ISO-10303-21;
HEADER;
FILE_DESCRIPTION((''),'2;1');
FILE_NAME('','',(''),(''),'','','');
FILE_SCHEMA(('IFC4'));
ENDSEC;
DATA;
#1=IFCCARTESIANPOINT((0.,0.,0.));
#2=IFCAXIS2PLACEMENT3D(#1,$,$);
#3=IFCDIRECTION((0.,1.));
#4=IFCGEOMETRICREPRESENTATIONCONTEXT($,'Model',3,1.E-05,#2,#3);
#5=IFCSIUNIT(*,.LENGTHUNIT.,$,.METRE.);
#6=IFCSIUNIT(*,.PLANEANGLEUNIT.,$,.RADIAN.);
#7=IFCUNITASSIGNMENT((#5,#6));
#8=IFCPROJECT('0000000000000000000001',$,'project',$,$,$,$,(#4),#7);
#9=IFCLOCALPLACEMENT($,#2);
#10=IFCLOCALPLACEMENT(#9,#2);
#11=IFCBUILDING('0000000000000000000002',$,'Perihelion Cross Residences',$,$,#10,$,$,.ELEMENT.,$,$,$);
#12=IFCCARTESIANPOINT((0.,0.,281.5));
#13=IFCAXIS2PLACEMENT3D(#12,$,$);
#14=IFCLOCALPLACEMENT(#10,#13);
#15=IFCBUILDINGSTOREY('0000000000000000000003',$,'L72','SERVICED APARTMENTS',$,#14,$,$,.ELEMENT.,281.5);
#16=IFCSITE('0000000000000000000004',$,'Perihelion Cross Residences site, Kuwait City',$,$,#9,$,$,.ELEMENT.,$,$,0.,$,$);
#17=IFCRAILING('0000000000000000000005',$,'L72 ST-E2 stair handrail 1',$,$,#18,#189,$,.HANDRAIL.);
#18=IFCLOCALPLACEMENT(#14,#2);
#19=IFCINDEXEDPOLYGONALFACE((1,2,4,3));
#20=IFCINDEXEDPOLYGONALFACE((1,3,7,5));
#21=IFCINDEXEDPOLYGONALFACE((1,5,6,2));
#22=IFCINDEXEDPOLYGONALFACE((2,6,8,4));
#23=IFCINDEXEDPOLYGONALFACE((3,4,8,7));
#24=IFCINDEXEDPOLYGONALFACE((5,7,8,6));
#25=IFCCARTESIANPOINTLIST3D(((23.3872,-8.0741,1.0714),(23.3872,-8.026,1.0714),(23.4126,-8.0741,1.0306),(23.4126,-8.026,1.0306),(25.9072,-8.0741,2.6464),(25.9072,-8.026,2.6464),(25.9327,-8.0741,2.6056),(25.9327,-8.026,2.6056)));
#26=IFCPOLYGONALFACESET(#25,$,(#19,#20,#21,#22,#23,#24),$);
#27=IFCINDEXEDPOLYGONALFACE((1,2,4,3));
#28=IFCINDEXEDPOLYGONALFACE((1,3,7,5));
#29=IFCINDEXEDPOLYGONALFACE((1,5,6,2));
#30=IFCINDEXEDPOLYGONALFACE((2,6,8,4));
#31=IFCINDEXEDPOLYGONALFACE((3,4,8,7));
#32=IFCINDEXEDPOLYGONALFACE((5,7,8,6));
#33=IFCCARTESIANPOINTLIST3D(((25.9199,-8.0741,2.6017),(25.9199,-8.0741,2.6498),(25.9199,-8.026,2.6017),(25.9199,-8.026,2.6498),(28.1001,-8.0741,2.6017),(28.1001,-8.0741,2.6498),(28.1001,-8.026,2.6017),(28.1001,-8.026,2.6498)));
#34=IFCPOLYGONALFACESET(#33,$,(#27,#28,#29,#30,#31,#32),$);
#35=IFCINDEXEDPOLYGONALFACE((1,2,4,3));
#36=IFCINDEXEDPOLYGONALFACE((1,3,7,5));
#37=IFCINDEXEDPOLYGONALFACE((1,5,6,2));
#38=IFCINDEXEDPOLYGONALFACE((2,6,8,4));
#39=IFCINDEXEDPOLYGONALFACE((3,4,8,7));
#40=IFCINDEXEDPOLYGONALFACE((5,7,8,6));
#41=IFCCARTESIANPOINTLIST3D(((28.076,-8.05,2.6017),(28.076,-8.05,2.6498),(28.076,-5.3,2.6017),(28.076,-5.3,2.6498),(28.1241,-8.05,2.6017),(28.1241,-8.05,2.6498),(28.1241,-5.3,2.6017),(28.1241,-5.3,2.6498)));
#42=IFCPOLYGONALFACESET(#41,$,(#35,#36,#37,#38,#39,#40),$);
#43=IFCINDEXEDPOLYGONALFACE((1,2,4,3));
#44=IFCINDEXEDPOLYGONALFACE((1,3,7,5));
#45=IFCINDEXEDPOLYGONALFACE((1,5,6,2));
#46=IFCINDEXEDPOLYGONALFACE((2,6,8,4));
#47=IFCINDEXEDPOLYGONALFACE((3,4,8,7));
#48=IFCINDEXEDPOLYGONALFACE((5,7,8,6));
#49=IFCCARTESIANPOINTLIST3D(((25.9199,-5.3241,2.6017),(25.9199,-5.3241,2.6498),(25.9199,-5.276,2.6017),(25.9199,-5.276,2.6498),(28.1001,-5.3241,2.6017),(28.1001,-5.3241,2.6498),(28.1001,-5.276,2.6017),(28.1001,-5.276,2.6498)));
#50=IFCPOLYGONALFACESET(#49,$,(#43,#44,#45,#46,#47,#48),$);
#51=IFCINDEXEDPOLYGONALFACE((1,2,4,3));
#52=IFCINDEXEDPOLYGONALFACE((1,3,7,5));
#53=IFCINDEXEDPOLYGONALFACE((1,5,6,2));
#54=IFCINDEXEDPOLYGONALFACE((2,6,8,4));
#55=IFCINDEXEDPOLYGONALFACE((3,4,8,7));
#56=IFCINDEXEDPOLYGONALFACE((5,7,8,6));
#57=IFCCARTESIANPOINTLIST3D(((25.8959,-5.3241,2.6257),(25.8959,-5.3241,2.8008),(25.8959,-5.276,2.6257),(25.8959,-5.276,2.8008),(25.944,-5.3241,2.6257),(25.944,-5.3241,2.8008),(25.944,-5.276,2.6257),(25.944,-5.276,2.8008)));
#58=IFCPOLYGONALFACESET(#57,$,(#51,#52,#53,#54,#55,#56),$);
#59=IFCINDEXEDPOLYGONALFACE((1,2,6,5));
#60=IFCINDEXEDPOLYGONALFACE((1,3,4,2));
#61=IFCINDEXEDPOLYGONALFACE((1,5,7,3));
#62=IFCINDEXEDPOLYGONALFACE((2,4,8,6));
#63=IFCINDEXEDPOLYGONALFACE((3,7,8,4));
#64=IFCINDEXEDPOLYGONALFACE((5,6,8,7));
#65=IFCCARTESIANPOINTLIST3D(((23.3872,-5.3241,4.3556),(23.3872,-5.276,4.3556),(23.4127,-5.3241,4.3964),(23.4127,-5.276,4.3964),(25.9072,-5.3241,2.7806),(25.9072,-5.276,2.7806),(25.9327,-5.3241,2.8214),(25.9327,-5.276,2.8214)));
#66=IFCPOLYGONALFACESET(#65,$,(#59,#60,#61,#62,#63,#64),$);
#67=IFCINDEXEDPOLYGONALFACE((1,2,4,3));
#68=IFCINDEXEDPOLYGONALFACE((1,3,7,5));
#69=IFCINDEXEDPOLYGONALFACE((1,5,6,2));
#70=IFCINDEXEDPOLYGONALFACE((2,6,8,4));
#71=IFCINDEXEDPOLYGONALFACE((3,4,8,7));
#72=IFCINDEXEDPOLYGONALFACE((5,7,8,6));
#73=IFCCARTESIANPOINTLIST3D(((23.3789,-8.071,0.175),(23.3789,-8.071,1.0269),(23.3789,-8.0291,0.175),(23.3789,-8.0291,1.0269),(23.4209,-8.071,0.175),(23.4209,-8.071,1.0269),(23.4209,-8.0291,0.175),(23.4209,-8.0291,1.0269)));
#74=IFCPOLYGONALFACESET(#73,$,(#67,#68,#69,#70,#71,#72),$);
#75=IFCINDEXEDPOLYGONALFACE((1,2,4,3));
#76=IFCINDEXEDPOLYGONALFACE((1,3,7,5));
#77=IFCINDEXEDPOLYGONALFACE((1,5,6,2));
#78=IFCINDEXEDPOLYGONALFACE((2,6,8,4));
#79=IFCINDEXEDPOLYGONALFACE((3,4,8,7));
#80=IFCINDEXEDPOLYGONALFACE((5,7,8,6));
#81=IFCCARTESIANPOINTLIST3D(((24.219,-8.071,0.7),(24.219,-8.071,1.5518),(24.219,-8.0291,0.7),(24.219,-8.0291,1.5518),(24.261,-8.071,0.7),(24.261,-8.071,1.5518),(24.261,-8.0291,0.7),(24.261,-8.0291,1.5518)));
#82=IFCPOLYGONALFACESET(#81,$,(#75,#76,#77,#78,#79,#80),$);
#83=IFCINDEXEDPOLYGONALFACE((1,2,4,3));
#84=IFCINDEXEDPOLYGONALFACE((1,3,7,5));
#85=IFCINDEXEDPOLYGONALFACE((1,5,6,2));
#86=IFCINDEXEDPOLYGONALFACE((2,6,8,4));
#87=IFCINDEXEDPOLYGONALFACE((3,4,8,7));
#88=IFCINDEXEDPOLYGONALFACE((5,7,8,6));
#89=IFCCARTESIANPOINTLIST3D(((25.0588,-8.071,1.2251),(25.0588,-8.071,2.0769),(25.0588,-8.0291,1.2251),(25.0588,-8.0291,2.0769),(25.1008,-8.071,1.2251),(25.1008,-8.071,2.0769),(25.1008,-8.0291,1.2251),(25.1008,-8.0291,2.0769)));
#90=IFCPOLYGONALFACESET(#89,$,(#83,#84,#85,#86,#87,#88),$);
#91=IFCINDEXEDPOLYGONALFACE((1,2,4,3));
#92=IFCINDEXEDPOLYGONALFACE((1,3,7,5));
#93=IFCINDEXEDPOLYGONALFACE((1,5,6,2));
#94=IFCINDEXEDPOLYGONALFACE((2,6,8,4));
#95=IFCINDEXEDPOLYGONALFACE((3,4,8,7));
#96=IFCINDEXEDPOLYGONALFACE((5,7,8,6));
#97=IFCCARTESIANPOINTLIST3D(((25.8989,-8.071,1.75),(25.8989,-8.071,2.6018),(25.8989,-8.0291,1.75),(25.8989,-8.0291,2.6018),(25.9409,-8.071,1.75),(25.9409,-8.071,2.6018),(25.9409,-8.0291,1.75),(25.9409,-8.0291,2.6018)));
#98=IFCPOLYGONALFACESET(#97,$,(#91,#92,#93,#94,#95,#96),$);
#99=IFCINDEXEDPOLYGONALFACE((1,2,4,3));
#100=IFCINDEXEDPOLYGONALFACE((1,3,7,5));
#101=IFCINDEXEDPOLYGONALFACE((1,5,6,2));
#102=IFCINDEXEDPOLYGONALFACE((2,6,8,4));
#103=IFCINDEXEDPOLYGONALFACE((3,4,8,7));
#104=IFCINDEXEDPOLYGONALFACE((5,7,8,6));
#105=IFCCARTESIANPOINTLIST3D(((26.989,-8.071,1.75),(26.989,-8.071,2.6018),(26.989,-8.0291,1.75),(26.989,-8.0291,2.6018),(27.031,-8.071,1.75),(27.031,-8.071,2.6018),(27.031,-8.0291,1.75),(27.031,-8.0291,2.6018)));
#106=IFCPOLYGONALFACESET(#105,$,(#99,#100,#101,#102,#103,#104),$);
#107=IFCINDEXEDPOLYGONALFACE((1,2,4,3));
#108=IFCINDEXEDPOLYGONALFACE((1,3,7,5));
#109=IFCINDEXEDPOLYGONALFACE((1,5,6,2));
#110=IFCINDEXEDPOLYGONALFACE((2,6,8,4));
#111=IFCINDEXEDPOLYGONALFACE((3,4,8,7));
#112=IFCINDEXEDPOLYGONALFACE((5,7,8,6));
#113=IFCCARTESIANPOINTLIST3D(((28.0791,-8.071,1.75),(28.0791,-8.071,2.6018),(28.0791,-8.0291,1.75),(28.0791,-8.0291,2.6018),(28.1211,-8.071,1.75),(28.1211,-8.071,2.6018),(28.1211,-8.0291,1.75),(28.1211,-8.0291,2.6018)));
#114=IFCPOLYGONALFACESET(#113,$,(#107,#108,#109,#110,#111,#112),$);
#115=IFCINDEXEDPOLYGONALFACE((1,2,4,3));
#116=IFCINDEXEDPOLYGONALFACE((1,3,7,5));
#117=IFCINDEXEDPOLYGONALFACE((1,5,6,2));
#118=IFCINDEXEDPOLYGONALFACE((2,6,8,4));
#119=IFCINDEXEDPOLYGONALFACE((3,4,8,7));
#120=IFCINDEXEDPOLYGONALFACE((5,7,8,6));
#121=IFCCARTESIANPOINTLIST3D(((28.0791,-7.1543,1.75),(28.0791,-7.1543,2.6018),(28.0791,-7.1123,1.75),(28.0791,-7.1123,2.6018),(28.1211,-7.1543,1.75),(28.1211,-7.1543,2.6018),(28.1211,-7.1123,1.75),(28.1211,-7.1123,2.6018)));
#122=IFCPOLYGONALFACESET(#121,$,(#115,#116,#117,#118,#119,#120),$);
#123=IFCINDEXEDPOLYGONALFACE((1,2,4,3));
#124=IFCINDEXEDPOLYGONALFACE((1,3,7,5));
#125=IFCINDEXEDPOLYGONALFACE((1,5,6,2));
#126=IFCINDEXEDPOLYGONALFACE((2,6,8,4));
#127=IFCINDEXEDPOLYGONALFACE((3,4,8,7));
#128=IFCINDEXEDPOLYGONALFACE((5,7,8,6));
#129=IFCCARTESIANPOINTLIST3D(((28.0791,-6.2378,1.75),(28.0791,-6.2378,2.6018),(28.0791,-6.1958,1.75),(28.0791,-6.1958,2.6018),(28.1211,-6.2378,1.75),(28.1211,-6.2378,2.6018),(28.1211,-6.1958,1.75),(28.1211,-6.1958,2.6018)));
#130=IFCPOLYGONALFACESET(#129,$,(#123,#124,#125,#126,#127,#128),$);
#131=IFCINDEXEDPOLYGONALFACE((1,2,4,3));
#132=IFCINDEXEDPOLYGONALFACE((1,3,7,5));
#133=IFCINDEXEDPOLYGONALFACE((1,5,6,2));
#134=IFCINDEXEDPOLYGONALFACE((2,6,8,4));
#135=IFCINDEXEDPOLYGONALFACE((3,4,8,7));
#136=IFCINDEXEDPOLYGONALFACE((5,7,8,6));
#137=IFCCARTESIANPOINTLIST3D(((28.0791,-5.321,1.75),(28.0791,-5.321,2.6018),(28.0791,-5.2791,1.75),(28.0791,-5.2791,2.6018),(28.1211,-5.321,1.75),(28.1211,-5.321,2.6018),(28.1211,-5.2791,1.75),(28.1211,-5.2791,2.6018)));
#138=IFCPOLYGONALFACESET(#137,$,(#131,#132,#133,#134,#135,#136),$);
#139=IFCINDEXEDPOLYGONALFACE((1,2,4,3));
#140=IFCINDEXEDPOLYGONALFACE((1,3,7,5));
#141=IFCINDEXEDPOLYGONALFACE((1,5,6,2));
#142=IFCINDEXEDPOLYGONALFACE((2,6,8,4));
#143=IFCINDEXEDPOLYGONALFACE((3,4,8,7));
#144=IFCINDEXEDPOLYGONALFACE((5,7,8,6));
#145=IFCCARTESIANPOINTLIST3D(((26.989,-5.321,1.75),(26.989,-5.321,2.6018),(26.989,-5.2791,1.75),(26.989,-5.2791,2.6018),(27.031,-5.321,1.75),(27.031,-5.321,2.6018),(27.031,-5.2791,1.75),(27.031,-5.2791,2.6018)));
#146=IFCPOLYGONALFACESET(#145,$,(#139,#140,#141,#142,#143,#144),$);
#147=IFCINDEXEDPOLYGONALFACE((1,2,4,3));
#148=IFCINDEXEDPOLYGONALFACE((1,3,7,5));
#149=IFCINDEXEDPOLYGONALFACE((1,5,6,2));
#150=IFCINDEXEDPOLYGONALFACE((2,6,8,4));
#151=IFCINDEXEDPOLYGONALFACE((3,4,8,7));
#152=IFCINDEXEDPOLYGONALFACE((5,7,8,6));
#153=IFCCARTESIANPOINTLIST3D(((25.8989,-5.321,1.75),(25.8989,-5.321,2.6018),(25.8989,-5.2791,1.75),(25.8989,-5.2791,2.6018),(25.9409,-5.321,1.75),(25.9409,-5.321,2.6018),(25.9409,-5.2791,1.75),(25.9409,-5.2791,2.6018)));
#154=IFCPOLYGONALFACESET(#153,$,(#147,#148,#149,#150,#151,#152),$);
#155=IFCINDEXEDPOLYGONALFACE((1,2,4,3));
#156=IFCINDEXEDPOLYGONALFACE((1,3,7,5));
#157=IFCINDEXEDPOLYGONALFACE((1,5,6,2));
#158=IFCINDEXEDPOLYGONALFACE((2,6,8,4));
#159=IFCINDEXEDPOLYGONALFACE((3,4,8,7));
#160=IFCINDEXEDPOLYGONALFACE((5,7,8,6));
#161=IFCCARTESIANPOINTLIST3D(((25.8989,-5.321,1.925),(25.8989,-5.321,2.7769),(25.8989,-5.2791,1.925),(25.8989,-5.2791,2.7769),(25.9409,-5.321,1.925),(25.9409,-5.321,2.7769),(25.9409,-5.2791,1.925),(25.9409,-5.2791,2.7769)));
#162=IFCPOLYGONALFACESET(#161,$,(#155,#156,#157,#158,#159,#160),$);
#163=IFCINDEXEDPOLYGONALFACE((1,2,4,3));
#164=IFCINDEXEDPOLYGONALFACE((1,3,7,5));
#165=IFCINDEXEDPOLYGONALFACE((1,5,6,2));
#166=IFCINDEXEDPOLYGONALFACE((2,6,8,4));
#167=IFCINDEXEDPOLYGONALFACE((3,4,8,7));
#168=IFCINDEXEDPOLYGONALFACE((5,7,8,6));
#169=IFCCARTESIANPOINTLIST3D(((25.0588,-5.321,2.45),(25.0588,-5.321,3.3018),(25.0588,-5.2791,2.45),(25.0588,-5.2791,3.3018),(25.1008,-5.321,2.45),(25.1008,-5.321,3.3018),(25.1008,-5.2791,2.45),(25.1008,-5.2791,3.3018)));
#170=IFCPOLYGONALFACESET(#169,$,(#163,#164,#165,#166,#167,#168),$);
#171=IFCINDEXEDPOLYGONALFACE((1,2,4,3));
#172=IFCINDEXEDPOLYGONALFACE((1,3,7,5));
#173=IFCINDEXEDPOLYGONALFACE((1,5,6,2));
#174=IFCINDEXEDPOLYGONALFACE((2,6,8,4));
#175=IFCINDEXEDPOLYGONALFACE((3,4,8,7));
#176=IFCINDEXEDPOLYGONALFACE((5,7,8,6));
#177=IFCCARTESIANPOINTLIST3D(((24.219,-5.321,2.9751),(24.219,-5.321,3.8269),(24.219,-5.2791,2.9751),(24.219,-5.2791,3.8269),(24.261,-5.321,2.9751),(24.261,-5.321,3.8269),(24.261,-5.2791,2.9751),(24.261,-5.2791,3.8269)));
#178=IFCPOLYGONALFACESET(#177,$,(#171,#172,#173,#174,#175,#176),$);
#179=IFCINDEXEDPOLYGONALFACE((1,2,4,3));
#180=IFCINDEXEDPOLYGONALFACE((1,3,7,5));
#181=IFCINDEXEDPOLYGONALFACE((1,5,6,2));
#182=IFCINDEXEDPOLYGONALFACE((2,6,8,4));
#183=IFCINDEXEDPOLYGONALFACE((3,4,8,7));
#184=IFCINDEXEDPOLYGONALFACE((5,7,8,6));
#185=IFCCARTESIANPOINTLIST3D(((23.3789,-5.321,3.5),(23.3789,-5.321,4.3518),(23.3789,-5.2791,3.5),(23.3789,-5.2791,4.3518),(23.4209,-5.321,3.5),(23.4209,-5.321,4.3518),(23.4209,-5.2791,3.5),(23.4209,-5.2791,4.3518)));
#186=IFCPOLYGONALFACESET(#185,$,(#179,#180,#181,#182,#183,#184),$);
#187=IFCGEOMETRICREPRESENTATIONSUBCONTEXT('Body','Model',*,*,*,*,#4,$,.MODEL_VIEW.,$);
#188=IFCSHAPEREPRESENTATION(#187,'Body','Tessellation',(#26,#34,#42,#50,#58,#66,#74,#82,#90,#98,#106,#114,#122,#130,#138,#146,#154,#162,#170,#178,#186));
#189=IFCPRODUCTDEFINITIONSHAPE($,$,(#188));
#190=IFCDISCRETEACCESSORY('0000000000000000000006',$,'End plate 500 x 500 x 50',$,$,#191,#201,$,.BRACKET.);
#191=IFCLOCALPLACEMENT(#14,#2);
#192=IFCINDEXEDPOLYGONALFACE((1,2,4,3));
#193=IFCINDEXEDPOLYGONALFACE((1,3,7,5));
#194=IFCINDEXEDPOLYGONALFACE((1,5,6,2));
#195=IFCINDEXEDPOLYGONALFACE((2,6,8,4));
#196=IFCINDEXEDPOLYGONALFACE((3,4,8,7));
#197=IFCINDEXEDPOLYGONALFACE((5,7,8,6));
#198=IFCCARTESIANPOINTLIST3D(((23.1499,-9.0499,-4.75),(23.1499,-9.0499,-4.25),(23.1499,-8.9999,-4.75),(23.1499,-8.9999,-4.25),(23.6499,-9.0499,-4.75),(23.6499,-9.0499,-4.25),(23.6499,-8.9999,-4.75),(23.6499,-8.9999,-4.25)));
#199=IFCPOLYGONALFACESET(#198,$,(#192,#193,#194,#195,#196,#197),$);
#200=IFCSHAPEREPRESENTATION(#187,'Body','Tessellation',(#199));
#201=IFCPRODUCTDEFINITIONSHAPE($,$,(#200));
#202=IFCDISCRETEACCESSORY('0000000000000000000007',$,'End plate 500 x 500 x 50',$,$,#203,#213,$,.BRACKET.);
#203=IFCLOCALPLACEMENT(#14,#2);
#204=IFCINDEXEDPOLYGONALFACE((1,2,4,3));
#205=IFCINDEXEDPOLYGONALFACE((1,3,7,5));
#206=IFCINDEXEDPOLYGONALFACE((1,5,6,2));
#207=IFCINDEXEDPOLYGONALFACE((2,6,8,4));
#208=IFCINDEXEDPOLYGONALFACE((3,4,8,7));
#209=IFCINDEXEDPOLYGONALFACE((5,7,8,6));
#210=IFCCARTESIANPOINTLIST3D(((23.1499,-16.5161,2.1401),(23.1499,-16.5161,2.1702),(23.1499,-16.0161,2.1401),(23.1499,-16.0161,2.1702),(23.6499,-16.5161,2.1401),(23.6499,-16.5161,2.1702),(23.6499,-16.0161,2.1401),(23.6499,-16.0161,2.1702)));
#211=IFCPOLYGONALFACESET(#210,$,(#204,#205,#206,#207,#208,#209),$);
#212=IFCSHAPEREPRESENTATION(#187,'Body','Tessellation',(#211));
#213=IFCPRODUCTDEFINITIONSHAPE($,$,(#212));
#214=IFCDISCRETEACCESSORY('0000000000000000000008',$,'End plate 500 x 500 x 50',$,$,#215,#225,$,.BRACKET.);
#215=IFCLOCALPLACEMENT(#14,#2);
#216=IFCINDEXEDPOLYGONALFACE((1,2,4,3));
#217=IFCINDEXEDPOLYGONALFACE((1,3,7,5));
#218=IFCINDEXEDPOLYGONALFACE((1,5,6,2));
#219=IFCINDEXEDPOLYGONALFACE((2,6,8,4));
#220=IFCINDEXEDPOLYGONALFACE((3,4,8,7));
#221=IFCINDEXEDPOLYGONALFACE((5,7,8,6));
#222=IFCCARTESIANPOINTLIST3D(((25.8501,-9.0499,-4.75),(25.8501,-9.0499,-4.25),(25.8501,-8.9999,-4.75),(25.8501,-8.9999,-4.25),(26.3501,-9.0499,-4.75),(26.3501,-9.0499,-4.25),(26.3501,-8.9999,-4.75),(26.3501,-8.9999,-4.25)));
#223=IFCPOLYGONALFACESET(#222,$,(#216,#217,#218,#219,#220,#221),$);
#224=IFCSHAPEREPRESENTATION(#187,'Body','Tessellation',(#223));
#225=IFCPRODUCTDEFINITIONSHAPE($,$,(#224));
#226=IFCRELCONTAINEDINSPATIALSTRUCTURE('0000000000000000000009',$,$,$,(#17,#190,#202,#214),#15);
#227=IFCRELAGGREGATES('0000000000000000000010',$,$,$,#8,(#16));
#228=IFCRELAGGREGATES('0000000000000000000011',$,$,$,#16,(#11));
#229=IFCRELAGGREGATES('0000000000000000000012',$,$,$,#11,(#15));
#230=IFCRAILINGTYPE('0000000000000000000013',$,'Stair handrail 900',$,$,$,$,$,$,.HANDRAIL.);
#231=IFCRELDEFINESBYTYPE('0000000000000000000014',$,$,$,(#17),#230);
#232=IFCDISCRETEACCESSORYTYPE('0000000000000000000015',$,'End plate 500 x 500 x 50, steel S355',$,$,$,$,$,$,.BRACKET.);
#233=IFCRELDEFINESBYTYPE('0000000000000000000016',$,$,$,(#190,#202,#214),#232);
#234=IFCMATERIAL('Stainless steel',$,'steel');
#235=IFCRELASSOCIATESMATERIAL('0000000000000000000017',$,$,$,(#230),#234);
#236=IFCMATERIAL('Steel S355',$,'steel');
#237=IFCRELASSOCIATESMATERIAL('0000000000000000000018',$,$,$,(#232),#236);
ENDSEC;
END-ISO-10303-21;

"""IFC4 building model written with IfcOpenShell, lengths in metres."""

from ifc_helpers import new_model, si_unit, direction, frame, origin, origin_2d, place, context, subcontext, project, spatial, rectangle, extrude, material, type_object, element, save


model = new_model("IFC4")

# Units and contexts
model_context = context("Model", 3, precision=1e-05, world=origin(), true_north=direction((0.0, 1.0)))
body_context = subcontext(model_context, "Body", "Model", "MODEL_VIEW")
ifc_project = project(units=[si_unit("LENGTHUNIT", "METRE"), si_unit("PLANEANGLEUNIT", "RADIAN")], contexts=[model_context])

# Site, building, storey
site_placement = place(None, origin())
site = spatial("IfcSite", under=ifc_project, at=site_placement, Name="Perihelion Cross Residences site, Kuwait City", CompositionType="ELEMENT", RefElevation=0.0)
building_placement = place(site_placement, origin())
building = spatial("IfcBuilding", under=site, at=building_placement, Name="Perihelion Cross Residences", CompositionType="ELEMENT")
storey_placement = place(building_placement, frame((0.0, 0.0, 281.5)))
storey = spatial("IfcBuildingStorey", under=building, at=storey_placement, Name="L72", Description="SERVICED APARTMENTS", CompositionType="ELEMENT", Elevation=281.5)

# Railing
ifc_material_1 = material(Name="Stainless steel", Category="steel")
railing_type_1 = type_object("IfcRailingType", Name="Stair handrail 900", PredefinedType="HANDRAIL", material=ifc_material_1)
railing_1_placement = place(storey_placement, frame((23.3999, -8.05, 0.175)))
element("IfcRailing", 1, at=railing_1_placement, inside=storey, type_object=railing_type_1, Name="L72 ST-E2 stair handrail 1", PredefinedType="HANDRAIL", context=body_context, shape_type="SweptSolid", body=[
    extrude(rectangle(XDim=0.0481, YDim=0.0481, at=origin_2d()), frame((0.0, 0.0, 0.876), z_axis=(0.848008, 0.0, 0.529984), x_axis=(0.0, 1.0, 0.0)), (0.0, 0.0, 1.0), 2.9717),
    extrude(rectangle(XDim=0.0481, YDim=0.0481, at=origin_2d()), frame((2.52, 0.0, 2.4507), z_axis=(1.0, 0.0, 0.0), x_axis=(0.0, 1.0, 0.0)), (0.0, 0.0, 1.0), 2.1802),
    extrude(rectangle(XDim=0.0481, YDim=0.0481, at=origin_2d()), frame((4.7002, 0.0, 2.4507), z_axis=(0.0, 1.0, 0.0), x_axis=(-1.0, 0.0, 0.0)), (0.0, 0.0, 1.0), 2.75),
    extrude(rectangle(XDim=0.0481, YDim=0.0481, at=origin_2d()), frame((4.7002, 2.75, 2.4507), z_axis=(-1.0, 0.0, 0.0), x_axis=(0.0, -1.0, 0.0)), (0.0, 0.0, 1.0), 2.1802),
    extrude(rectangle(XDim=0.0481, YDim=0.0481, at=origin_2d()), frame((2.52, 2.75, 2.4507), z_axis=(0.0, 0.0, 1.0), x_axis=(1.0, 0.0, 0.0)), (0.0, 0.0, 1.0), 0.175),
    extrude(rectangle(XDim=0.0481, YDim=0.0481, at=origin_2d()), frame((2.52, 2.75, 2.626), z_axis=(-0.848008, 0.0, 0.529984), x_axis=(0.0, -1.0, 0.0)), (0.0, 0.0, 1.0), 2.9717),
    extrude(rectangle(XDim=0.042, YDim=0.042, at=origin_2d()), origin(), (0.0, 0.0, 1.0), 0.8518),
    extrude(rectangle(XDim=0.042, YDim=0.042, at=origin_2d()), frame((0.8401, 0.0, 0.5249)), (0.0, 0.0, 1.0), 0.8518),
    extrude(rectangle(XDim=0.042, YDim=0.042, at=origin_2d()), frame((1.6799, 0.0, 1.05)), (0.0, 0.0, 1.0), 0.8518),
    extrude(rectangle(XDim=0.042, YDim=0.042, at=origin_2d()), frame((2.52, 0.0, 1.575)), (0.0, 0.0, 1.0), 0.8518),
    extrude(rectangle(XDim=0.042, YDim=0.042, at=origin_2d()), frame((3.6101, 0.0, 1.575)), (0.0, 0.0, 1.0), 0.8518),
    extrude(rectangle(XDim=0.042, YDim=0.042, at=origin_2d()), frame((4.7002, 0.0, 1.575)), (0.0, 0.0, 1.0), 0.8518),
    extrude(rectangle(XDim=0.042, YDim=0.042, at=origin_2d()), frame((4.7002, 0.9167, 1.575)), (0.0, 0.0, 1.0), 0.8518),
    extrude(rectangle(XDim=0.042, YDim=0.042, at=origin_2d()), frame((4.7002, 1.8333, 1.575)), (0.0, 0.0, 1.0), 0.8518),
    extrude(rectangle(XDim=0.042, YDim=0.042, at=origin_2d()), frame((4.7002, 2.75, 1.575)), (0.0, 0.0, 1.0), 0.8518),
    extrude(rectangle(XDim=0.042, YDim=0.042, at=origin_2d()), frame((3.6101, 2.75, 1.575)), (0.0, 0.0, 1.0), 0.8518),
    extrude(rectangle(XDim=0.042, YDim=0.042, at=origin_2d()), frame((2.52, 2.75, 1.575)), (0.0, 0.0, 1.0), 0.8518),
    extrude(rectangle(XDim=0.042, YDim=0.042, at=origin_2d()), frame((2.52, 2.75, 1.75)), (0.0, 0.0, 1.0), 0.8518),
    extrude(rectangle(XDim=0.042, YDim=0.042, at=origin_2d()), frame((1.6799, 2.75, 2.2749)), (0.0, 0.0, 1.0), 0.8518),
    extrude(rectangle(XDim=0.042, YDim=0.042, at=origin_2d()), frame((0.8401, 2.75, 2.8)), (0.0, 0.0, 1.0), 0.8518),
    extrude(rectangle(XDim=0.042, YDim=0.042, at=origin_2d()), frame((0.0, 2.75, 3.325)), (0.0, 0.0, 1.0), 0.8518),
])

# Discrete accessories
ifc_material_2 = material(Name="Steel S355", Category="steel")
discrete_accessory_type = type_object("IfcDiscreteAccessoryType", Name="End plate 500 x 500 x 50, steel S355", PredefinedType="BRACKET", material=ifc_material_2)
discrete_accessory_1_placement = place(storey_placement, frame((23.3999, -9.0249, -4.75), z_axis=(0.0, 0.0, 1.0), x_axis=(1.0, 0.0, 0.0)))
element("IfcDiscreteAccessory", 2, at=discrete_accessory_1_placement, inside=storey, type_object=discrete_accessory_type, Name="End plate 500 x 500 x 50", PredefinedType="BRACKET", context=body_context, shape_type="SweptSolid", body=[
    extrude(rectangle(XDim=0.5, YDim=0.05, at=origin_2d()), origin(), (0.0, 0.0, 1.0), 0.5),
])
discrete_accessory_2_placement = place(storey_placement, frame((23.3999, -16.2661, 2.1401), z_axis=(0.0, 0.0, 1.0), x_axis=(1.0, 0.0, 0.0)))
element("IfcDiscreteAccessory", 3, at=discrete_accessory_2_placement, inside=storey, type_object=discrete_accessory_type, Name="End plate 500 x 500 x 50", PredefinedType="BRACKET", context=body_context, shape_type="SweptSolid", body=[
    extrude(rectangle(XDim=0.5, YDim=0.5, at=origin_2d()), origin(), (0.0, 0.0, 1.0), 0.03),
])
discrete_accessory_3_placement = place(storey_placement, frame((26.1001, -9.0249, -4.75), z_axis=(0.0, 0.0, 1.0), x_axis=(1.0, 0.0, 0.0)))
element("IfcDiscreteAccessory", 4, at=discrete_accessory_3_placement, inside=storey, type_object=discrete_accessory_type, Name="End plate 500 x 500 x 50", PredefinedType="BRACKET", context=body_context, shape_type="SweptSolid", body=[
    extrude(rectangle(XDim=0.5, YDim=0.05, at=origin_2d()), origin(), (0.0, 0.0, 1.0), 0.5),
])

save(model, "model.ifc")
